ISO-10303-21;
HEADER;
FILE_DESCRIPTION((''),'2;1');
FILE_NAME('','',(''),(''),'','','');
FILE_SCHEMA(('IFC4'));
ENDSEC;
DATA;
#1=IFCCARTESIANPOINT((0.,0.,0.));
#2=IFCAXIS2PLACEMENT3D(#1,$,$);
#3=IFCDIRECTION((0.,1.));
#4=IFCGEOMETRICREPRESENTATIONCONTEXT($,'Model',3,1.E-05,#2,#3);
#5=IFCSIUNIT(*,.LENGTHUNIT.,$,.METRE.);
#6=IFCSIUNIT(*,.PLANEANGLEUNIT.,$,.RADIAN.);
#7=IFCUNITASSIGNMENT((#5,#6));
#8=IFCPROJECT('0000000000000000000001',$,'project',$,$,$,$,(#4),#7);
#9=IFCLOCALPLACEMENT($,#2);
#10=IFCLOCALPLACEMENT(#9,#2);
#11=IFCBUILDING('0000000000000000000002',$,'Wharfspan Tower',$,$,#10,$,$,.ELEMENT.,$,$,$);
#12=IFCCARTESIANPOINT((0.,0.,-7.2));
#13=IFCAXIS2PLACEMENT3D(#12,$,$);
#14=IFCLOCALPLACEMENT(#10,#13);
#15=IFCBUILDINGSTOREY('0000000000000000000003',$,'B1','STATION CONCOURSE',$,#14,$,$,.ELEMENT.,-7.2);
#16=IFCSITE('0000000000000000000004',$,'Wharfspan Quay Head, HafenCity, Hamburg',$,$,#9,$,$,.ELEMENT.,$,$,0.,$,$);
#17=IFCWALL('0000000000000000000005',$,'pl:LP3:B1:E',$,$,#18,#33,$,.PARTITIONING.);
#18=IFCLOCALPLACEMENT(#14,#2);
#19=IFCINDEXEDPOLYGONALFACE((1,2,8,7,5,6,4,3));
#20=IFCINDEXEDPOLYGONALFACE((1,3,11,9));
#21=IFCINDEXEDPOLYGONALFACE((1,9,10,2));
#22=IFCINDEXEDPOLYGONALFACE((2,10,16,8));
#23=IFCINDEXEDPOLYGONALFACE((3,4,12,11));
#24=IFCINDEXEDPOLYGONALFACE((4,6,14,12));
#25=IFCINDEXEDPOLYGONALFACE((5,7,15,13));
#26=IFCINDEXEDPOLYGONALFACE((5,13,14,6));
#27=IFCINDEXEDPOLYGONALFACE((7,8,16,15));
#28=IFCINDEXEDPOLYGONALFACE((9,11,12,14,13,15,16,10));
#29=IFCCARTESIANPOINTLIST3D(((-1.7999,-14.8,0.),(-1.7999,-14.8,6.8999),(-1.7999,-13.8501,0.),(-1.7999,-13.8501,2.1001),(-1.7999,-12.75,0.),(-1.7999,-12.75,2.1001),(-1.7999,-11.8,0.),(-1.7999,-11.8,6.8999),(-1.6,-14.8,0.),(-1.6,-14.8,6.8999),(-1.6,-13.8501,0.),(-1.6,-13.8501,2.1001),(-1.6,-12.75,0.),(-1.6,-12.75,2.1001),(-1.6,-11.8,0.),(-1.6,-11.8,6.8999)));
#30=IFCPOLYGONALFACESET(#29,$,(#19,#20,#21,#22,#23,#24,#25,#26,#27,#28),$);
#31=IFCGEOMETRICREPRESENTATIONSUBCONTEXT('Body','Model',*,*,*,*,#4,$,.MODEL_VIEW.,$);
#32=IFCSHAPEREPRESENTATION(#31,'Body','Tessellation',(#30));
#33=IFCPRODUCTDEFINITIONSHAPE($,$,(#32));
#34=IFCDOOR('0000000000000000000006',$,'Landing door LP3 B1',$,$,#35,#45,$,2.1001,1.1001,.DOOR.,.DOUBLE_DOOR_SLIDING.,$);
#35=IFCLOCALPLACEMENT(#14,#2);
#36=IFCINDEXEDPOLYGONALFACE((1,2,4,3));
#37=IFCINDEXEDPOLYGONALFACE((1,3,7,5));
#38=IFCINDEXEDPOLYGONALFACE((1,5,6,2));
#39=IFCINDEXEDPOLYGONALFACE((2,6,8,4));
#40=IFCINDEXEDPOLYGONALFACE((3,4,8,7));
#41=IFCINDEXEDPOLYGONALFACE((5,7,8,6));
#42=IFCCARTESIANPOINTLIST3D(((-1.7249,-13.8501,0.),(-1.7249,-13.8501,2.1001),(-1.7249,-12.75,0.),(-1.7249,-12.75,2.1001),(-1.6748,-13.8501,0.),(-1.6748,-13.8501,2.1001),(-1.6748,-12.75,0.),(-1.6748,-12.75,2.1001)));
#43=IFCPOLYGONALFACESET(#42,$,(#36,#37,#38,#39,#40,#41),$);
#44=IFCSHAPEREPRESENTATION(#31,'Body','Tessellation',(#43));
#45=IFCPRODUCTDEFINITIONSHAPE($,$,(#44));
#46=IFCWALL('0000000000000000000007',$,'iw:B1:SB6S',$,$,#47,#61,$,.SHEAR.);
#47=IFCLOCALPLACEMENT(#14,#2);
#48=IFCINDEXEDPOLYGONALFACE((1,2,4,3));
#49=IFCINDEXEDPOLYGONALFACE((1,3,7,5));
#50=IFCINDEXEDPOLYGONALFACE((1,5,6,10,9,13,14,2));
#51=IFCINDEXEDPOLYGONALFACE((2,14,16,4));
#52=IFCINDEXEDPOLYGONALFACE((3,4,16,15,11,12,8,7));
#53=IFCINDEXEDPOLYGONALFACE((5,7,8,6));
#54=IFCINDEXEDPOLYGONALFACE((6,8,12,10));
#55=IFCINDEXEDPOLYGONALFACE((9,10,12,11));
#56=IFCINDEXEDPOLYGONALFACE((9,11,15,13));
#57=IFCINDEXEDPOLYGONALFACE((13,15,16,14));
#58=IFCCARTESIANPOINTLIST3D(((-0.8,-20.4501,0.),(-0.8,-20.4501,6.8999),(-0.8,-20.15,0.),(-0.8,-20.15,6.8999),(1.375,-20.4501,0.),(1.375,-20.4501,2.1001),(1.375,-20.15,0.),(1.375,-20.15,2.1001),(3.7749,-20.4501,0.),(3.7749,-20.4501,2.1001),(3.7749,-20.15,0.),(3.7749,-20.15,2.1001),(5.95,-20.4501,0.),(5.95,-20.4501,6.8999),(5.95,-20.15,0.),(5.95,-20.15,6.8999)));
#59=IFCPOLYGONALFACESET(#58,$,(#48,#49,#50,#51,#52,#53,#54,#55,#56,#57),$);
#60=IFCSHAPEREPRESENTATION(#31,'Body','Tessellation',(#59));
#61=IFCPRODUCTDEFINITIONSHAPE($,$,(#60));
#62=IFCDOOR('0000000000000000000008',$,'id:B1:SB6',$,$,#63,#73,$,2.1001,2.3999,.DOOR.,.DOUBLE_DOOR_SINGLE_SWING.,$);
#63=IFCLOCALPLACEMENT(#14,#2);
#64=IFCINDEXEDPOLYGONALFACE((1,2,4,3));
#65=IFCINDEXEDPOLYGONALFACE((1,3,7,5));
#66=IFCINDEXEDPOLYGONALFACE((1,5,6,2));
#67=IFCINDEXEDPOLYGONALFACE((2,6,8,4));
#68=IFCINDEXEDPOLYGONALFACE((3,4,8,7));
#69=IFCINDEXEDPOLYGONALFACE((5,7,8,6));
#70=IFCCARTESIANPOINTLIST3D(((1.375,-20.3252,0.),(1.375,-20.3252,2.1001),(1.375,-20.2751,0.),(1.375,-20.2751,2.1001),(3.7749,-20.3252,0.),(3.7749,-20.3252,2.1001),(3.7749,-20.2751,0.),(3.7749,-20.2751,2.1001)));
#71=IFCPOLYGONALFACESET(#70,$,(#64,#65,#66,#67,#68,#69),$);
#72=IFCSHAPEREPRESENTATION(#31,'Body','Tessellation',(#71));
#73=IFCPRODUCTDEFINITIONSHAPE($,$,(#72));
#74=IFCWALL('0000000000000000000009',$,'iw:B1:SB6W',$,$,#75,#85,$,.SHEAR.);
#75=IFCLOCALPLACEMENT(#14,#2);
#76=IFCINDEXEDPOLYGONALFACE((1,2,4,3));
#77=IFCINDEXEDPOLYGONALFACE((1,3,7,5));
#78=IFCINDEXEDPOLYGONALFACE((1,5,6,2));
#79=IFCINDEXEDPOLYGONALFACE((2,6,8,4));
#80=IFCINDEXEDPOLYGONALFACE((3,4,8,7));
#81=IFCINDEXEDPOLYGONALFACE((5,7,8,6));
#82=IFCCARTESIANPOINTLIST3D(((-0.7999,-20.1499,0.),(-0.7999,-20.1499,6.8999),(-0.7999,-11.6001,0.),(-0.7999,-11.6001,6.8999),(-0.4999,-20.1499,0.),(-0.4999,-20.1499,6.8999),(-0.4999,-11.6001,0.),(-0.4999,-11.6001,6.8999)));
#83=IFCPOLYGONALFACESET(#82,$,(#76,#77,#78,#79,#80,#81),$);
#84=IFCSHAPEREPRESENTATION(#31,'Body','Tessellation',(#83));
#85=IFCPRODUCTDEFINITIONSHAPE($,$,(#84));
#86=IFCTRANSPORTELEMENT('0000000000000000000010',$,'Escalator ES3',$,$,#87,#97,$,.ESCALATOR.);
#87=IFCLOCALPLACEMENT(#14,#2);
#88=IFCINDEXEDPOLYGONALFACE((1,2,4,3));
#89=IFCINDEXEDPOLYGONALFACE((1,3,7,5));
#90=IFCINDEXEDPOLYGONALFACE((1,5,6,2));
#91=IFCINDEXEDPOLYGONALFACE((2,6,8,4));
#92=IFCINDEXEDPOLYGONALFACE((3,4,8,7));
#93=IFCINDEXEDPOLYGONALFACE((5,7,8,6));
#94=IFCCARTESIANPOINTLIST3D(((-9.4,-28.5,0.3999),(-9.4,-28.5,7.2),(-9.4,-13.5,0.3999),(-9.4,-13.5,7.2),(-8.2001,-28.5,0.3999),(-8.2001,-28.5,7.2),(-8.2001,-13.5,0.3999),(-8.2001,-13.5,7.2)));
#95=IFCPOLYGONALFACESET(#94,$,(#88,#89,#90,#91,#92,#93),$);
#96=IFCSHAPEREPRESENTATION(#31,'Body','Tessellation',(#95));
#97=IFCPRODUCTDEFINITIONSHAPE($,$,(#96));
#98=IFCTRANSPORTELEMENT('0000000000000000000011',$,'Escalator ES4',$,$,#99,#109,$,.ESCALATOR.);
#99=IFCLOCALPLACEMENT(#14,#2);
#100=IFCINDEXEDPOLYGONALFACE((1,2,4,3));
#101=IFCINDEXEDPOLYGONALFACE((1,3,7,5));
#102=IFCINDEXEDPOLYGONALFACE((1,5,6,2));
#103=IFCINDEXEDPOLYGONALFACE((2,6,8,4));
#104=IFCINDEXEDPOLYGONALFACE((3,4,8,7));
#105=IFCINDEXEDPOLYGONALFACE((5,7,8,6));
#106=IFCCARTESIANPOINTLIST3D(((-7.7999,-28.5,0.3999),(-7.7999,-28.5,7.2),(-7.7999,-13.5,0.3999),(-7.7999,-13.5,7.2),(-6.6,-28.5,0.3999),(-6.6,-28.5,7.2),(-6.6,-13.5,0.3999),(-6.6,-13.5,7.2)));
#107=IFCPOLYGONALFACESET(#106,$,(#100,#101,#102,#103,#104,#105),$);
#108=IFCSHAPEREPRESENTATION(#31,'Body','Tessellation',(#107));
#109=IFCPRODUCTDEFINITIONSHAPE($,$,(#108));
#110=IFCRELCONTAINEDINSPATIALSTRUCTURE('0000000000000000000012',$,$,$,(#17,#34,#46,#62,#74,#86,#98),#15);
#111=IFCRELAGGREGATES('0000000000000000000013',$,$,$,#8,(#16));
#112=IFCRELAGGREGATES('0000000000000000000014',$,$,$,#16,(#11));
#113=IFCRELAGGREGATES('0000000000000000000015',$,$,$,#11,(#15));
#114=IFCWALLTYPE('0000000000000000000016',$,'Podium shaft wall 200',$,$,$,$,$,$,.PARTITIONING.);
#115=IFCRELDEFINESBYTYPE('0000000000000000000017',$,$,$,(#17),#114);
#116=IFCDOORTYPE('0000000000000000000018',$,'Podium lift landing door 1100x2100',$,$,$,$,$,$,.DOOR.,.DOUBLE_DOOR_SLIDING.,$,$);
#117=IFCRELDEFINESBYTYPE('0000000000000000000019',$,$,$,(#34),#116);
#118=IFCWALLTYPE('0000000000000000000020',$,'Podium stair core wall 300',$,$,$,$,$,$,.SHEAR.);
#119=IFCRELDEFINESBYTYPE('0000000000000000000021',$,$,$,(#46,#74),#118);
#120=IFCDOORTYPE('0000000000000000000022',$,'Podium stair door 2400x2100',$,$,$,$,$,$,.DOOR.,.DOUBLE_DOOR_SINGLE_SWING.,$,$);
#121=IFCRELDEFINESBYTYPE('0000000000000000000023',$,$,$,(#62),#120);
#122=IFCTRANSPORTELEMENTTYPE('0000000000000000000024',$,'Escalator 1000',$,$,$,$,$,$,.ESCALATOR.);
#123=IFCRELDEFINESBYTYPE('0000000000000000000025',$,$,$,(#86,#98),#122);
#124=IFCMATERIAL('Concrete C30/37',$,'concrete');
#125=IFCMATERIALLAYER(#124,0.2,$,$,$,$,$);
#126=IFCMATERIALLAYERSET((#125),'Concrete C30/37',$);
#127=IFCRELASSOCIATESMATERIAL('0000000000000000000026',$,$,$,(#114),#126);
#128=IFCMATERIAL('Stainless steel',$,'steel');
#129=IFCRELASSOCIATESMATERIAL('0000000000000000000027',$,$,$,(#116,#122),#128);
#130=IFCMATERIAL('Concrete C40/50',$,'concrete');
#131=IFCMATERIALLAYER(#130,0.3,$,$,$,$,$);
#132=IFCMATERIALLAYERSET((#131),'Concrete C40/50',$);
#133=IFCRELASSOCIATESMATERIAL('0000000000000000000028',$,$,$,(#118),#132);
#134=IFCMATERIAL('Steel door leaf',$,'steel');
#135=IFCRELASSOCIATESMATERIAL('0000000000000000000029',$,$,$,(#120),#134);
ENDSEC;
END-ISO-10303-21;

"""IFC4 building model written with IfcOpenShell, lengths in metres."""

from ifc_helpers import new_model, si_unit, direction, frame, frame_2d, origin, origin_2d, place, context, subcontext, project, spatial, rectangle, extrude, material, layer, layer_set, type_object, element, fill, save


model = new_model("IFC4")

# Units and contexts
model_context = context("Model", 3, precision=1e-05, world=origin(), true_north=direction((0.0, 1.0)))
body_context = subcontext(model_context, "Body", "Model", "MODEL_VIEW")
ifc_project = project(units=[si_unit("LENGTHUNIT", "METRE"), si_unit("PLANEANGLEUNIT", "RADIAN")], contexts=[model_context])

# Site, building, storey
site_placement = place(None, origin())
site = spatial("IfcSite", under=ifc_project, at=site_placement, Name="Wharfspan Quay Head, HafenCity, Hamburg", CompositionType="ELEMENT", RefElevation=0.0)
building_placement = place(site_placement, origin())
building = spatial("IfcBuilding", under=site, at=building_placement, Name="Wharfspan Tower", CompositionType="ELEMENT")
storey_placement = place(building_placement, frame((0.0, 0.0, -7.2)))
storey = spatial("IfcBuildingStorey", under=building, at=storey_placement, Name="B1", Description="STATION CONCOURSE", CompositionType="ELEMENT", Elevation=-7.2)

# Shared definitions
ifc_material_1 = material(Name="Concrete C30/37", Category="concrete")
ifc_layer_1 = layer(ifc_material_1, 0.2)
ifc_layer_set_1 = layer_set([ifc_layer_1], Name="Concrete C30/37")
wall_type_1 = type_object("IfcWallType", Name="Podium shaft wall 200", PredefinedType="PARTITIONING", material=ifc_layer_set_1)

# Shared definitions
ifc_material_2 = material(Name="Stainless steel", Category="steel")
door_type_1 = type_object("IfcDoorType", Name="Podium lift landing door 1100x2100", OperationType="DOUBLE_DOOR_SLIDING", PredefinedType="DOOR", material=ifc_material_2)

# Walls, openings, doors
wall_1_placement = place(storey_placement, frame((-1.7, -14.8, 0.0), z_axis=(0.0, 0.0, 1.0), x_axis=(0.0, 1.0, 0.0)))
wall_1 = element("IfcWall", 1, at=wall_1_placement, inside=storey, type_object=wall_type_1, Name="pl:LP3:B1:E", PredefinedType="PARTITIONING", context=body_context, shape_type="SweptSolid", body=[
    extrude(rectangle(XDim=3.0, YDim=0.2, at=frame_2d((1.5, 0.0))), origin(), (0.0, 0.0, 1.0), 6.8999),
])
opening_1_placement = place(wall_1_placement, frame((0.95, 0.0, 0.0)))
opening_1 = element("IfcOpeningElement", 2, at=opening_1_placement, cuts=wall_1, PredefinedType="OPENING", context=body_context, shape_type="SweptSolid", body=[
    extrude(rectangle(XDim=1.1001, YDim=2.1001, at=frame_2d((0.55, 1.05))), frame((0.0, 0.1099, 0.0), z_axis=(0.0, -1.0, 0.0), x_axis=(1.0, 0.0, 0.0)), (0.0, 0.0, 1.0), 0.22),
])
door_1_placement = place(opening_1_placement, origin())
door_1 = element("IfcDoor", 3, at=door_1_placement, inside=storey, type_object=door_type_1, Name="Landing door LP3 B1", OperationType="DOUBLE_DOOR_SLIDING", OverallHeight=2.1001, OverallWidth=1.1001, PredefinedType="DOOR", context=body_context, shape_type="SweptSolid", body=[
    extrude(rectangle(XDim=1.1001, YDim=2.1001, at=frame_2d((0.55, 1.05))), frame((0.0, 0.0249, 0.0), z_axis=(0.0, -1.0, 0.0), x_axis=(1.0, 0.0, 0.0)), (0.0, 0.0, 1.0), 0.05),
])
fill(opening_1, door_1)
ifc_material_3 = material(Name="Concrete C40/50", Category="concrete")
ifc_layer_2 = layer(ifc_material_3, 0.3)
ifc_layer_set_2 = layer_set([ifc_layer_2], Name="Concrete C40/50")
wall_type_2 = type_object("IfcWallType", Name="Podium stair core wall 300", PredefinedType="SHEAR", material=ifc_layer_set_2)
wall_2_placement = place(storey_placement, frame((-0.8, -20.3, 0.0), z_axis=(0.0, 0.0, 1.0), x_axis=(1.0, 0.0, 0.0)))
wall_2 = element("IfcWall", 4, at=wall_2_placement, inside=storey, type_object=wall_type_2, Name="iw:B1:SB6S", PredefinedType="SHEAR", context=body_context, shape_type="SweptSolid", body=[
    extrude(rectangle(XDim=6.75, YDim=0.3, at=frame_2d((3.375, 0.0))), origin(), (0.0, 0.0, 1.0), 6.8999),
])
opening_2_placement = place(wall_2_placement, frame((2.175, 0.0, 0.0)))
opening_2 = element("IfcOpeningElement", 5, at=opening_2_placement, cuts=wall_2, PredefinedType="OPENING", context=body_context, shape_type="SweptSolid", body=[
    extrude(rectangle(XDim=2.3999, YDim=2.1001, at=frame_2d((1.2, 1.05))), frame((0.0, 0.1599, 0.0), z_axis=(0.0, -1.0, 0.0), x_axis=(1.0, 0.0, 0.0)), (0.0, 0.0, 1.0), 0.3201),
])
ifc_material_4 = material(Name="Steel door leaf", Category="steel")
door_type_2 = type_object("IfcDoorType", Name="Podium stair door 2400x2100", OperationType="DOUBLE_DOOR_SINGLE_SWING", PredefinedType="DOOR", material=ifc_material_4)
door_2_placement = place(opening_2_placement, origin())
door_2 = element("IfcDoor", 6, at=door_2_placement, inside=storey, type_object=door_type_2, Name="id:B1:SB6", OperationType="DOUBLE_DOOR_SINGLE_SWING", OverallHeight=2.1001, OverallWidth=2.3999, PredefinedType="DOOR", context=body_context, shape_type="SweptSolid", body=[
    extrude(rectangle(XDim=2.3999, YDim=2.1001, at=frame_2d((1.2, 1.05))), frame((0.0, 0.0249, 0.0), z_axis=(0.0, -1.0, 0.0), x_axis=(1.0, 0.0, 0.0)), (0.0, 0.0, 1.0), 0.05),
])
fill(opening_2, door_2)

# Wall
wall_3_placement = place(storey_placement, frame((-0.6499, -20.1499, 0.0), z_axis=(0.0, 0.0, 1.0), x_axis=(0.0, 1.0, 0.0)))
element("IfcWall", 7, at=wall_3_placement, inside=storey, type_object=wall_type_2, Name="iw:B1:SB6W", PredefinedType="SHEAR", context=body_context, shape_type="SweptSolid", body=[
    extrude(rectangle(XDim=8.5498, YDim=0.3, at=frame_2d((4.2749, 0.0))), origin(), (0.0, 0.0, 1.0), 6.8999),
])

# Transport elements
transport_element_type = type_object("IfcTransportElementType", Name="Escalator 1000", PredefinedType="ESCALATOR", material=ifc_material_2)
for number, where, z_axis, x_axis, name in (
    (8, (-8.8, -21.0, 0.3999), (0.0, 0.0, 1.0), (1.0, 0.0, 0.0), "Escalator ES3"),
    (9, (-7.2, -21.0, 0.3999), (0.0, 0.0, 1.0), (1.0, 0.0, 0.0), "Escalator ES4"),
):
    element("IfcTransportElement", number, at=place(storey_placement, frame(where, z_axis=z_axis, x_axis=x_axis)), inside=storey, type_object=transport_element_type, Name=name, PredefinedType="ESCALATOR", context=body_context, shape_type="SweptSolid", body=[
        extrude(rectangle(XDim=1.2, YDim=15.0, at=origin_2d()), origin(), (0.0, 0.0, 1.0), 6.8),
    ])

save(model, "model.ifc")
